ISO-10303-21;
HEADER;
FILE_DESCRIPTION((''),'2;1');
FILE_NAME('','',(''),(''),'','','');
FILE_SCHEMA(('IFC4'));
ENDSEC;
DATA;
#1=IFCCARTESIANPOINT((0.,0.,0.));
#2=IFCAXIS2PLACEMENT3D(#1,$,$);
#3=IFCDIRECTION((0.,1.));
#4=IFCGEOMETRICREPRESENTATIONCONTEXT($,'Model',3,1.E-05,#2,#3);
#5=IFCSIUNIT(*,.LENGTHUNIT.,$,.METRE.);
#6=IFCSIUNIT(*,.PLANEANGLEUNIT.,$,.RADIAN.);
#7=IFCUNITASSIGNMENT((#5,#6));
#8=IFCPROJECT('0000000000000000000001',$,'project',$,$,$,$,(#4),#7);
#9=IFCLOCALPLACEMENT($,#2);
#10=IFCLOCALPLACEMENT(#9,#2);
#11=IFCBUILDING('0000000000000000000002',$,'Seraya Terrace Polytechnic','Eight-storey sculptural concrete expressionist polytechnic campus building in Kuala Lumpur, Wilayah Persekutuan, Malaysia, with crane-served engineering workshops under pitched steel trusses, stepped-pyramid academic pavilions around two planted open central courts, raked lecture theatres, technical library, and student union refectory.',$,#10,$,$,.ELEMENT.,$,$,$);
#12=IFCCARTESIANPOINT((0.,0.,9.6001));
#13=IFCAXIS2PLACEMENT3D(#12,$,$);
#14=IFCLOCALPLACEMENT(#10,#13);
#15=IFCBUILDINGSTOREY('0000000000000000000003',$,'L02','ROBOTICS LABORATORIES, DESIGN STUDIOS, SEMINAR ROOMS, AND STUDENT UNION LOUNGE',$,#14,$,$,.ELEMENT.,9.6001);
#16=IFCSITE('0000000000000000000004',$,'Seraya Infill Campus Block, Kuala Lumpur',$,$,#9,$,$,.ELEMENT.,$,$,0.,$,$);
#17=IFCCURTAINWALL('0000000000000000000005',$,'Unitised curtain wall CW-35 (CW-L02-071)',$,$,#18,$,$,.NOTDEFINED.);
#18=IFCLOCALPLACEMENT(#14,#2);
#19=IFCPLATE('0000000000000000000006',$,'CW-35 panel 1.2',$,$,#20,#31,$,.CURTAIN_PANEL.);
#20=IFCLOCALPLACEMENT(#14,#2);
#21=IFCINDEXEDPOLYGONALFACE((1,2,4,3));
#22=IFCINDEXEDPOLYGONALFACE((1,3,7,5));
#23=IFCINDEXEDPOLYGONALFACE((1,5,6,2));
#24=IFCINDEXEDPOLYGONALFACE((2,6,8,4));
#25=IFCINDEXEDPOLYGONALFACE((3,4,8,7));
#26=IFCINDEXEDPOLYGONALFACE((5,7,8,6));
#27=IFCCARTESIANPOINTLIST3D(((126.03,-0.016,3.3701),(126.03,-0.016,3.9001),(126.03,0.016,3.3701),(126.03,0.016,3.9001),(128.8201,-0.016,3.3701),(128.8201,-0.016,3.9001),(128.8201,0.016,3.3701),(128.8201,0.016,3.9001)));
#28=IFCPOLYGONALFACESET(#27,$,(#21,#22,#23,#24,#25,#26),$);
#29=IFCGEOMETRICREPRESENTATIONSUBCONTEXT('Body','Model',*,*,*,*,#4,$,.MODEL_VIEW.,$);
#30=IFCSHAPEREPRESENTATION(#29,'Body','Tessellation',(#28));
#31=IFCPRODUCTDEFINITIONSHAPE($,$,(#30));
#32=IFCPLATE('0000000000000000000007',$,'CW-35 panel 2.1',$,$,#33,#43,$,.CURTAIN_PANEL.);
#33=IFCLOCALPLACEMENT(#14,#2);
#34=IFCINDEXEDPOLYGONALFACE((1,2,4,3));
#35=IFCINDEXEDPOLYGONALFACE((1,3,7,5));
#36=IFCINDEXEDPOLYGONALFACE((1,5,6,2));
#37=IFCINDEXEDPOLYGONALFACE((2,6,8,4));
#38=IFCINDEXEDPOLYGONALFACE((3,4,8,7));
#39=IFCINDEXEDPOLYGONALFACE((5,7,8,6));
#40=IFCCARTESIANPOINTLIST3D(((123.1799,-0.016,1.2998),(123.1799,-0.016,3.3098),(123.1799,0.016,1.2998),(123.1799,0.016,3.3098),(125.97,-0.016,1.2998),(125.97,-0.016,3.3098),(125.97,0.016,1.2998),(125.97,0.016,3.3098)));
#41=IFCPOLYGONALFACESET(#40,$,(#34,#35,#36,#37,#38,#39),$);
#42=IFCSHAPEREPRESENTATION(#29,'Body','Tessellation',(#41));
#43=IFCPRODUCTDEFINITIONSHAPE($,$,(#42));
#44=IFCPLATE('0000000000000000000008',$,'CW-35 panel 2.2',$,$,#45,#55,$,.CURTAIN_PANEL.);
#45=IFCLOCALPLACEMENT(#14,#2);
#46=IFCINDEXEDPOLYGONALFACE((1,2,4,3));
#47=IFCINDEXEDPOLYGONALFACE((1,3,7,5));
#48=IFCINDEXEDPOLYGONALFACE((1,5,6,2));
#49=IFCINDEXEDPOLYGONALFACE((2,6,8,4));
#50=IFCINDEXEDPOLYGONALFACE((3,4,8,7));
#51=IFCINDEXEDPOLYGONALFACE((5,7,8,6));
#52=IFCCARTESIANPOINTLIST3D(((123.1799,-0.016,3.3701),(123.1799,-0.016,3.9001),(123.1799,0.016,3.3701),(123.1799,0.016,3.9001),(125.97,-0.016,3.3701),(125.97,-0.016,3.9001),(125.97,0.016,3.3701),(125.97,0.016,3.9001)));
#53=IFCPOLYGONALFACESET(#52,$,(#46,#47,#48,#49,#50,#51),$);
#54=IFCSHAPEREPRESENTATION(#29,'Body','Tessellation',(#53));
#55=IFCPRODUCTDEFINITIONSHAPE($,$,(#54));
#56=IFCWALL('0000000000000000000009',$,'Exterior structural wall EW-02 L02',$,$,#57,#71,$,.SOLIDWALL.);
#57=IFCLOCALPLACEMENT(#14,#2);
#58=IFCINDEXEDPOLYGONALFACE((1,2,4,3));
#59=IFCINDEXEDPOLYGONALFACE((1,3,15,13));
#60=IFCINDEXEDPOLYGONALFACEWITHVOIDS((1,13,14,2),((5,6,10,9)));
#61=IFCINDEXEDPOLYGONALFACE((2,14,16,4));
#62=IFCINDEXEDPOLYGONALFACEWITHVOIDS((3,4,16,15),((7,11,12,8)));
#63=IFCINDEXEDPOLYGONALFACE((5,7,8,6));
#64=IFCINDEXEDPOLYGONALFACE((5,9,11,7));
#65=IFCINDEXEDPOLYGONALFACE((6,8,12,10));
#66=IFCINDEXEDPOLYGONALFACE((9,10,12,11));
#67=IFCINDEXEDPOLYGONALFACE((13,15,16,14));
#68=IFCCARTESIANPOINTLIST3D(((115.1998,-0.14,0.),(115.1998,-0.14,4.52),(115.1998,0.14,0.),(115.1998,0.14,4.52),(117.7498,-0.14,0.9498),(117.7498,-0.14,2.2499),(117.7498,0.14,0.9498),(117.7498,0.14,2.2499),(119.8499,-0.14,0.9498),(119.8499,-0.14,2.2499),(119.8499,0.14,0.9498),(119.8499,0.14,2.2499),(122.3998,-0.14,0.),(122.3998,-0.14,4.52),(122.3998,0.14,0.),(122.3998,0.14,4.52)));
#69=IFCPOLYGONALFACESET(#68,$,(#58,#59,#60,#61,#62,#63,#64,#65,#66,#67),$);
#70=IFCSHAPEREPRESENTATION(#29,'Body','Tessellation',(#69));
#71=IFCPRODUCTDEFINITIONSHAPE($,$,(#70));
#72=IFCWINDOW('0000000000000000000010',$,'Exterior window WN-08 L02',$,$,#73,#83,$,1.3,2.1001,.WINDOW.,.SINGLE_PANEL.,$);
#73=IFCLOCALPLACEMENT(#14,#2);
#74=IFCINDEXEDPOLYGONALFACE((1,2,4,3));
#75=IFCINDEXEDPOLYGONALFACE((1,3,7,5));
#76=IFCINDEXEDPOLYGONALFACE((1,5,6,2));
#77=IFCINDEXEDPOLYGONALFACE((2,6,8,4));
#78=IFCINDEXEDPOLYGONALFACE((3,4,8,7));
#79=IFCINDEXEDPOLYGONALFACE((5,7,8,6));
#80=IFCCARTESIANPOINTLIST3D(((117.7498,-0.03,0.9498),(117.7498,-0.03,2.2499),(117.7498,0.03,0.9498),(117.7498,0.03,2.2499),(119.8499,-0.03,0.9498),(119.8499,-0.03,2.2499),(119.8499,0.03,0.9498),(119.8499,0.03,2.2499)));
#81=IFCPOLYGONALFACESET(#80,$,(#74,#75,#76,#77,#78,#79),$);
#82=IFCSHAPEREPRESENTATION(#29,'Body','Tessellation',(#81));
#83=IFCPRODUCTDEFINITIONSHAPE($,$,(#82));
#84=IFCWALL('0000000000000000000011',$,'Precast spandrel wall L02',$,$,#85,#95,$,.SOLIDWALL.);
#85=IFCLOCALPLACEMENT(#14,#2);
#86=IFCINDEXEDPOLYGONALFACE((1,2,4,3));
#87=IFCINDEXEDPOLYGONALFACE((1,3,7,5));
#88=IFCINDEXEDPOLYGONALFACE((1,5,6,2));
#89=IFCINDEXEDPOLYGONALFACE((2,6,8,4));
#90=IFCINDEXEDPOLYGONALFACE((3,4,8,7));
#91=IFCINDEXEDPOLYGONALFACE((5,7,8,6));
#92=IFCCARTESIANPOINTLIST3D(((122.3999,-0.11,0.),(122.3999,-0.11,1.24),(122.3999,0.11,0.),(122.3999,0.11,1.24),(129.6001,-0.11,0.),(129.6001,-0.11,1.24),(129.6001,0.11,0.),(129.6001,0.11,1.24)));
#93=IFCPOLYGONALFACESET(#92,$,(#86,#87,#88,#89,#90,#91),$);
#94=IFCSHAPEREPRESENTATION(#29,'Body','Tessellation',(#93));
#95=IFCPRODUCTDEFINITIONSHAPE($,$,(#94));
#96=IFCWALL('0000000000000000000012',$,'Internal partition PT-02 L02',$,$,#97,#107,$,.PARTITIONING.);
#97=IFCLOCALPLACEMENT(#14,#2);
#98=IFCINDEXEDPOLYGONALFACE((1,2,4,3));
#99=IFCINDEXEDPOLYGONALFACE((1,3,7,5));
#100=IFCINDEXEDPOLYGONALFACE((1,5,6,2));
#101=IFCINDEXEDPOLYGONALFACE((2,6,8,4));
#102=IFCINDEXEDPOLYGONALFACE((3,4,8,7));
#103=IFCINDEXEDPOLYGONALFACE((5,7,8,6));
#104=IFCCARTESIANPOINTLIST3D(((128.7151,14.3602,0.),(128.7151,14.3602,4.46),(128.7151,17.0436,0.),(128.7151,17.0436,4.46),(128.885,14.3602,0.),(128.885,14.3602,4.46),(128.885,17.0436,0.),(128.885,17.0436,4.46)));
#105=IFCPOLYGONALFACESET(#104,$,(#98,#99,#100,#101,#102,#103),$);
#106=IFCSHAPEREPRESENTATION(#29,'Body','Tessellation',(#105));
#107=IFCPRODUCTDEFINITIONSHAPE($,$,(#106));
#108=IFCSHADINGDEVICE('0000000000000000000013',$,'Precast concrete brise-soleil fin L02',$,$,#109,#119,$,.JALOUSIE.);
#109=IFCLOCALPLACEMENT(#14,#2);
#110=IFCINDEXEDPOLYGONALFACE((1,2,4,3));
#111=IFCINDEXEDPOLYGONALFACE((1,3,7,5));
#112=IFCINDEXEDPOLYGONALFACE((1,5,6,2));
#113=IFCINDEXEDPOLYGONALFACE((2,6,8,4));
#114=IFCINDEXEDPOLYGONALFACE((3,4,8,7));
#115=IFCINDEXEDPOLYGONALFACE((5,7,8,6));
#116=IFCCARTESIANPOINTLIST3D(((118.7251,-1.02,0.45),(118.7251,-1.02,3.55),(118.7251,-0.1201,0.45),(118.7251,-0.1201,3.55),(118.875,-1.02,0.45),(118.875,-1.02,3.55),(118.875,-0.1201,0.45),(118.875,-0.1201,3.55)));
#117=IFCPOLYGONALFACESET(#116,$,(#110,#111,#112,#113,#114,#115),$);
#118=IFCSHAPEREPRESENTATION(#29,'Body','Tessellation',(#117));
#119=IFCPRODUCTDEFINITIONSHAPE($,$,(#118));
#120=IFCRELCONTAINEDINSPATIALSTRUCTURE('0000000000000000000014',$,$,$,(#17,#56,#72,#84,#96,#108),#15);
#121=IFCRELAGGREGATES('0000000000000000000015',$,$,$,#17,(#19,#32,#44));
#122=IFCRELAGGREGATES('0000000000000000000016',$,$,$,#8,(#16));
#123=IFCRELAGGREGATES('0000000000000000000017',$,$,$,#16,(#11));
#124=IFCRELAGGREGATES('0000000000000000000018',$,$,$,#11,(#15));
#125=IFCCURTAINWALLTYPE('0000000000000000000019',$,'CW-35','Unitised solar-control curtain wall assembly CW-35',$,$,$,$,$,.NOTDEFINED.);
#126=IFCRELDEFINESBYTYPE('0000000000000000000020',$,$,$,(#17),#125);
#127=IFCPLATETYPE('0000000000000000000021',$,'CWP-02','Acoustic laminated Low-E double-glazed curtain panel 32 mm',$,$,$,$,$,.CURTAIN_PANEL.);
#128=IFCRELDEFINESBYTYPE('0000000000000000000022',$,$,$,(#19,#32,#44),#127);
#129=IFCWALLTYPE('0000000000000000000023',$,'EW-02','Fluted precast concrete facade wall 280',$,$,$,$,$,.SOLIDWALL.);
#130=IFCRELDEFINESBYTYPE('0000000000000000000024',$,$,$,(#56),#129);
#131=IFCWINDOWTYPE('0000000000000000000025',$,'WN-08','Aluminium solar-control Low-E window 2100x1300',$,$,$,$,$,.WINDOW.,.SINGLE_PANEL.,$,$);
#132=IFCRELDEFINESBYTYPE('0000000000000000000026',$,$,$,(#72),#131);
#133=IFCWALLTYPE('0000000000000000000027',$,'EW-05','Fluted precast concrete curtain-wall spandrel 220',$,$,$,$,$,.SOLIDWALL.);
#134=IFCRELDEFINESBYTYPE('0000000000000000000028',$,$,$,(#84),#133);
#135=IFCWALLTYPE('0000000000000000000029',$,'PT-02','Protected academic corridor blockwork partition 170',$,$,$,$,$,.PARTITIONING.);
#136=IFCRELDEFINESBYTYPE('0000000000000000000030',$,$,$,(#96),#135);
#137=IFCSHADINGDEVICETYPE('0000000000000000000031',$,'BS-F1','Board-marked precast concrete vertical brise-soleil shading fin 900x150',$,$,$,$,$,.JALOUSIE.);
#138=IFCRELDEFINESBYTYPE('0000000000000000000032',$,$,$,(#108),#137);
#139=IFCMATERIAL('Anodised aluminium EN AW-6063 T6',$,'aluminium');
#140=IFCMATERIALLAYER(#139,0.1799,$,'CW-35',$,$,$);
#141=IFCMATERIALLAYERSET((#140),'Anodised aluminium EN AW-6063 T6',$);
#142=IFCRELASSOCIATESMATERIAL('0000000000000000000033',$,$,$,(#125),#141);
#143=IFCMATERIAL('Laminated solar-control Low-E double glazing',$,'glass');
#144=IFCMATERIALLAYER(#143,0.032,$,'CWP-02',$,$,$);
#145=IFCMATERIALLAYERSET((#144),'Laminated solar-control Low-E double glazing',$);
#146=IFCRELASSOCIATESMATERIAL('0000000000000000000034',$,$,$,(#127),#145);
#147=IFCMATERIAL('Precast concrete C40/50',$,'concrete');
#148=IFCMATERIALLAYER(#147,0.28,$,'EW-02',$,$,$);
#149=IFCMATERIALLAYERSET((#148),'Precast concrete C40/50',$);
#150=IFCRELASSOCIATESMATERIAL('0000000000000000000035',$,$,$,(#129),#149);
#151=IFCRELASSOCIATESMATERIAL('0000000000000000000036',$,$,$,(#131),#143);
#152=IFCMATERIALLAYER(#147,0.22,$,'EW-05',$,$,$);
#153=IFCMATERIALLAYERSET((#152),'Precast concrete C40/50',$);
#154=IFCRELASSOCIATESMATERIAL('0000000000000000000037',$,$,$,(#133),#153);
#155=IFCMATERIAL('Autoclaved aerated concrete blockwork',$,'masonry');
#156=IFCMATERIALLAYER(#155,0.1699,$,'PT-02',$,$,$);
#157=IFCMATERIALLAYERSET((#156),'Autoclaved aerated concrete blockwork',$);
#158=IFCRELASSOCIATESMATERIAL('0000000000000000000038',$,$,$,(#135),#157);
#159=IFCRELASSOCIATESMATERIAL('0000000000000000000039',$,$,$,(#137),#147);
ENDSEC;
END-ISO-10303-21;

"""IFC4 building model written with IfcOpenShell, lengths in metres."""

from ifc_helpers import new_model, si_unit, direction, frame, frame_2d, origin, origin_2d, place, context, subcontext, project, spatial, rectangle, extrude, material, layer, layer_set, type_object, element, fill, aggregate, save


model = new_model("IFC4")

# Units and contexts
model_context = context("Model", 3, precision=1e-05, world=origin(), true_north=direction((0.0, 1.0)))
body_context = subcontext(model_context, "Body", "Model", "MODEL_VIEW")
ifc_project = project(units=[si_unit("LENGTHUNIT", "METRE"), si_unit("PLANEANGLEUNIT", "RADIAN")], contexts=[model_context])

# Site, building, storey
site_placement = place(None, origin())
site = spatial("IfcSite", under=ifc_project, at=site_placement, Name="Seraya Infill Campus Block, Kuala Lumpur", CompositionType="ELEMENT", RefElevation=0.0)
building_placement = place(site_placement, origin())
building = spatial("IfcBuilding", under=site, at=building_placement, Name="Seraya Terrace Polytechnic", Description="Eight-storey sculptural concrete expressionist polytechnic campus building in Kuala Lumpur, Wilayah Persekutuan, Malaysia, with crane-served engineering workshops under pitched steel trusses, stepped-pyramid academic pavilions around two planted open central courts, raked lecture theatres, technical library, and student union refectory.", CompositionType="ELEMENT")
storey_placement = place(building_placement, frame((0.0, 0.0, 9.6001)))
storey = spatial("IfcBuildingStorey", under=building, at=storey_placement, Name="L02", Description="ROBOTICS LABORATORIES, DESIGN STUDIOS, SEMINAR ROOMS, AND STUDENT UNION LOUNGE", CompositionType="ELEMENT", Elevation=9.6001)

# Curtain wall
ifc_material_1 = material(Name="Anodised aluminium EN AW-6063 T6", Category="aluminium")
ifc_layer_1 = layer(ifc_material_1, 0.1799, Name="CW-35")
ifc_layer_set_1 = layer_set([ifc_layer_1], Name="Anodised aluminium EN AW-6063 T6")
curtain_wall_type = type_object("IfcCurtainWallType", Name="CW-35", Description="Unitised solar-control curtain wall assembly CW-35", PredefinedType="NOTDEFINED", material=ifc_layer_set_1)
curtain_wall_placement = place(storey_placement, origin())
curtain_wall = element("IfcCurtainWall", 1, at=curtain_wall_placement, inside=storey, type_object=curtain_wall_type, Name="Unitised curtain wall CW-35 (CW-L02-071)", PredefinedType="NOTDEFINED")

# Plates
ifc_material_2 = material(Name="Laminated solar-control Low-E double glazing", Category="glass")
ifc_layer_2 = layer(ifc_material_2, 0.032, Name="CWP-02")
ifc_layer_set_2 = layer_set([ifc_layer_2], Name="Laminated solar-control Low-E double glazing")
plate_type = type_object("IfcPlateType", Name="CWP-02", Description="Acoustic laminated Low-E double-glazed curtain panel 32 mm", PredefinedType="CURTAIN_PANEL", material=ifc_layer_set_2)
plate_1_placement = place(storey_placement, frame((127.425, 0.0, 3.3701), z_axis=(0.0, 0.0, 1.0), x_axis=(-1.0, 0.0, 0.0)))
plate_1 = element("IfcPlate", 2, at=plate_1_placement, type_object=plate_type, Name="CW-35 panel 1.2", PredefinedType="CURTAIN_PANEL", context=body_context, shape_type="SweptSolid", body=[
    extrude(rectangle(XDim=2.79, YDim=0.032, at=origin_2d()), origin(), (0.0, 0.0, 1.0), 0.53),
])
plate_2_placement = place(storey_placement, frame((124.575, 0.0, 1.2998), z_axis=(0.0, 0.0, 1.0), x_axis=(-1.0, 0.0, 0.0)))
plate_2 = element("IfcPlate", 3, at=plate_2_placement, type_object=plate_type, Name="CW-35 panel 2.1", PredefinedType="CURTAIN_PANEL", context=body_context, shape_type="SweptSolid", body=[
    extrude(rectangle(XDim=2.79, YDim=0.032, at=origin_2d()), origin(), (0.0, 0.0, 1.0), 2.01),
])
plate_3_placement = place(storey_placement, frame((124.575, 0.0, 3.3701), z_axis=(0.0, 0.0, 1.0), x_axis=(-1.0, 0.0, 0.0)))
plate_3 = element("IfcPlate", 4, at=plate_3_placement, type_object=plate_type, Name="CW-35 panel 2.2", PredefinedType="CURTAIN_PANEL", context=body_context, shape_type="SweptSolid", body=[
    extrude(rectangle(XDim=2.79, YDim=0.032, at=origin_2d()), origin(), (0.0, 0.0, 1.0), 0.53),
])
aggregate(curtain_wall, [plate_1, plate_2, plate_3])

# Wall, opening, window
ifc_material_3 = material(Name="Precast concrete C40/50", Category="concrete")
ifc_layer_3 = layer(ifc_material_3, 0.28, Name="EW-02")
ifc_layer_set_3 = layer_set([ifc_layer_3], Name="Precast concrete C40/50")
wall_type_1 = type_object("IfcWallType", Name="EW-02", Description="Fluted precast concrete facade wall 280", PredefinedType="SOLIDWALL", material=ifc_layer_set_3)
wall_1_placement = place(storey_placement, frame((122.3999, 0.0, 0.0), z_axis=(0.0, 0.0, 1.0), x_axis=(-1.0, 0.0, 0.0)))
wall_1 = element("IfcWall", 5, at=wall_1_placement, inside=storey, type_object=wall_type_1, Name="Exterior structural wall EW-02 L02", PredefinedType="SOLIDWALL", context=body_context, shape_type="SweptSolid", body=[
    extrude(rectangle(XDim=7.2, YDim=0.28, at=frame_2d((3.6001, 0.0))), origin(), (0.0, 0.0, 1.0), 4.52),
])
opening_placement = place(wall_1_placement, frame((2.55, 0.0, 0.95)))
opening = element("IfcOpeningElement", 6, at=opening_placement, cuts=wall_1, PredefinedType="OPENING", context=body_context, shape_type="SweptSolid", body=[
    extrude(rectangle(XDim=2.1001, YDim=1.3, at=frame_2d((1.05, 0.6499))), frame((0.0, 0.1519, 0.0), z_axis=(0.0, -1.0, 0.0), x_axis=(1.0, 0.0, 0.0)), (0.0, 0.0, 1.0), 0.304),
])
window_type = type_object("IfcWindowType", Name="WN-08", Description="Aluminium solar-control Low-E window 2100x1300", PartitioningType="SINGLE_PANEL", PredefinedType="WINDOW", material=ifc_material_2)
window_placement = place(opening_placement, origin())
window = element("IfcWindow", 7, at=window_placement, inside=storey, type_object=window_type, Name="Exterior window WN-08 L02", OverallHeight=1.3, OverallWidth=2.1001, PartitioningType="SINGLE_PANEL", PredefinedType="WINDOW", context=body_context, shape_type="SweptSolid", body=[
    extrude(rectangle(XDim=2.1001, YDim=1.3, at=frame_2d((1.05, 0.6499))), frame((0.0, 0.03, 0.0), z_axis=(0.0, -1.0, 0.0), x_axis=(1.0, 0.0, 0.0)), (0.0, 0.0, 1.0), 0.0601),
])
fill(opening, window)

# Walls
ifc_layer_4 = layer(ifc_material_3, 0.22, Name="EW-05")
ifc_layer_set_4 = layer_set([ifc_layer_4], Name="Precast concrete C40/50")
wall_type_2 = type_object("IfcWallType", Name="EW-05", Description="Fluted precast concrete curtain-wall spandrel 220", PredefinedType="SOLIDWALL", material=ifc_layer_set_4)
wall_2_placement = place(storey_placement, frame((129.6001, 0.0, 0.0), z_axis=(0.0, 0.0, 1.0), x_axis=(-1.0, 0.0, 0.0)))
element("IfcWall", 8, at=wall_2_placement, inside=storey, type_object=wall_type_2, Name="Precast spandrel wall L02", PredefinedType="SOLIDWALL", context=body_context, shape_type="SweptSolid", body=[
    extrude(rectangle(XDim=7.2002, YDim=0.22, at=frame_2d((3.6001, 0.0))), origin(), (0.0, 0.0, 1.0), 1.24),
])
ifc_material_4 = material(Name="Autoclaved aerated concrete blockwork", Category="masonry")
ifc_layer_5 = layer(ifc_material_4, 0.1699, Name="PT-02")
ifc_layer_set_5 = layer_set([ifc_layer_5], Name="Autoclaved aerated concrete blockwork")
wall_type_3 = type_object("IfcWallType", Name="PT-02", Description="Protected academic corridor blockwork partition 170", PredefinedType="PARTITIONING", material=ifc_layer_set_5)
wall_3_placement = place(storey_placement, frame((128.8, 14.3601, 0.0), z_axis=(0.0, 0.0, 1.0), x_axis=(0.0, 1.0, 0.0)))
element("IfcWall", 9, at=wall_3_placement, inside=storey, type_object=wall_type_3, Name="Internal partition PT-02 L02", PredefinedType="PARTITIONING", context=body_context, shape_type="SweptSolid", body=[
    extrude(rectangle(XDim=2.6833, YDim=0.1699, at=frame_2d((1.3418, 0.0))), origin(), (0.0, 0.0, 1.0), 4.46),
])

# Shading device
shading_device_type = type_object("IfcShadingDeviceType", Name="BS-F1", Description="Board-marked precast concrete vertical brise-soleil shading fin 900x150", PredefinedType="JALOUSIE", material=ifc_material_3)
shading_device_placement = place(storey_placement, frame((118.8, -0.5701, 0.45), z_axis=(0.0, 0.0, 1.0), x_axis=(0.0, -1.0, 0.0)))
element("IfcShadingDevice", 10, at=shading_device_placement, inside=storey, type_object=shading_device_type, Name="Precast concrete brise-soleil fin L02", PredefinedType="JALOUSIE", context=body_context, shape_type="SweptSolid", body=[
    extrude(rectangle(XDim=0.8999, YDim=0.1499, at=origin_2d()), origin(), (0.0, 0.0, 1.0), 3.1001),
])

save(model, "model.ifc")
